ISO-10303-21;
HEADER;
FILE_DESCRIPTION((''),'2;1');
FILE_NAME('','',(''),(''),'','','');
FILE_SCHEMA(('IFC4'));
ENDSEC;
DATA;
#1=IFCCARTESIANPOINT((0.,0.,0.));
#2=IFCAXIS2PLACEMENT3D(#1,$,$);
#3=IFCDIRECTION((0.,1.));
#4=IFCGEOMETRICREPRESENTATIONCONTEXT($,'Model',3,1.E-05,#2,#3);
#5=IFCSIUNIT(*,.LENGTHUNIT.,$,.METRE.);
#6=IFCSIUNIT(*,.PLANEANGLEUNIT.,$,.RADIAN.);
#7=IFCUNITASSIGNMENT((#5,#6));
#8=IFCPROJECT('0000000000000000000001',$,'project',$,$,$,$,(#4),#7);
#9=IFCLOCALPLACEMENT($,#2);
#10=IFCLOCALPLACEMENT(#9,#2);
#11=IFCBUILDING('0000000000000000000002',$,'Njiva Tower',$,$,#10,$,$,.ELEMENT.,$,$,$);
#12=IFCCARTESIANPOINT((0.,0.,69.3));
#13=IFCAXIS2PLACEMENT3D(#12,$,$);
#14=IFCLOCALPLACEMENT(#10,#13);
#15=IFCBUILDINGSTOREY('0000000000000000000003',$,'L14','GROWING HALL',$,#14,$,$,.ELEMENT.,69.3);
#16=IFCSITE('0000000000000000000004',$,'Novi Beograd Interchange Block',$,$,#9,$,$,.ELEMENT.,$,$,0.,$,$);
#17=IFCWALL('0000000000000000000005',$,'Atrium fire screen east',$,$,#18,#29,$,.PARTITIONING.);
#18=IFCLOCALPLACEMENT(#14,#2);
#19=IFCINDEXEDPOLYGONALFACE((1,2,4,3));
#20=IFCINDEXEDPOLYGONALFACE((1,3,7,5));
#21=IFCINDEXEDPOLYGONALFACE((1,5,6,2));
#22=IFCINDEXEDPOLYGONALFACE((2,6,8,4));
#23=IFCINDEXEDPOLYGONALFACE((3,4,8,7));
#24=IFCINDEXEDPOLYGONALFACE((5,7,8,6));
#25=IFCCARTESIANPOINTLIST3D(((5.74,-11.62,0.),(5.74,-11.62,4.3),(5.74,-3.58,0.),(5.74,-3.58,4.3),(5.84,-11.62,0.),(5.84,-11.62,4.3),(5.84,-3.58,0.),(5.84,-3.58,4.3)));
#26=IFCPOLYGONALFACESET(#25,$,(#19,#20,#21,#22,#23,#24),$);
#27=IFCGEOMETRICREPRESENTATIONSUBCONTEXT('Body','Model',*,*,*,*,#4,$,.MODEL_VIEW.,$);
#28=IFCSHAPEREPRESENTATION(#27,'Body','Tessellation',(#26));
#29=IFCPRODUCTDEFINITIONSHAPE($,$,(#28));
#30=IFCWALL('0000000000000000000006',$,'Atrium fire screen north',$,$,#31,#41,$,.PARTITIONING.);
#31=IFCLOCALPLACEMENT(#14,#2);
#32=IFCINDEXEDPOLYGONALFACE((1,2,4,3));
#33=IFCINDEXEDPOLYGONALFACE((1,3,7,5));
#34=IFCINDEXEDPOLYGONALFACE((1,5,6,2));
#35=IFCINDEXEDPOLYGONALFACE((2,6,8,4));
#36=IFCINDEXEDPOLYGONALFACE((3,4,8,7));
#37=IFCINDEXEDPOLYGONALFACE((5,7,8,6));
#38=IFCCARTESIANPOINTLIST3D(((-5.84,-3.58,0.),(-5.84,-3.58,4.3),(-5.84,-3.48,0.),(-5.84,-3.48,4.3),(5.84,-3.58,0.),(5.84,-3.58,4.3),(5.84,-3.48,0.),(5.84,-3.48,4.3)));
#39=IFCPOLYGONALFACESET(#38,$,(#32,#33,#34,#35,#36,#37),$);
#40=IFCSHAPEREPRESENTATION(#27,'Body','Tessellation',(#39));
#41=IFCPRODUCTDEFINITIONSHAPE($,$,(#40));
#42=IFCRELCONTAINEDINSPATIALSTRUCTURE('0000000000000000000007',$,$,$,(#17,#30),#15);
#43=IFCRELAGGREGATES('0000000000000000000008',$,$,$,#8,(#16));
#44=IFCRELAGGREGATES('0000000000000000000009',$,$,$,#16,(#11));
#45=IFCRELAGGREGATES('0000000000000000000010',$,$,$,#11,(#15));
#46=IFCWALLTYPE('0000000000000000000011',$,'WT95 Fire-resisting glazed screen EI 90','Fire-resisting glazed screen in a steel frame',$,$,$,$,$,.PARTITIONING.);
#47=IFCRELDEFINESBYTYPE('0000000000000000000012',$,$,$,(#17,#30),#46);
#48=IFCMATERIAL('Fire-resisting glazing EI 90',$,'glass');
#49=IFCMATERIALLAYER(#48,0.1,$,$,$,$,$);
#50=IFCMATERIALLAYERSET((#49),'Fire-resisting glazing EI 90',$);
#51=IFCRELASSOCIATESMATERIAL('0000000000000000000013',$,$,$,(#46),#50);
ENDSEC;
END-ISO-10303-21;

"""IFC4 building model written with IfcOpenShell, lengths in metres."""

from ifc_helpers import new_model, si_unit, direction, frame, frame_2d, origin, place, context, subcontext, project, spatial, rectangle, extrude, material, layer, layer_set, type_object, element, save


model = new_model("IFC4")

# Units and contexts
model_context = context("Model", 3, precision=1e-05, world=origin(), true_north=direction((0.0, 1.0)))
body_context = subcontext(model_context, "Body", "Model", "MODEL_VIEW")
ifc_project = project(units=[si_unit("LENGTHUNIT", "METRE"), si_unit("PLANEANGLEUNIT", "RADIAN")], contexts=[model_context])

# Site, building, storey
site_placement = place(None, origin())
site = spatial("IfcSite", under=ifc_project, at=site_placement, Name="Novi Beograd Interchange Block", CompositionType="ELEMENT", RefElevation=0.0)
building_placement = place(site_placement, origin())
building = spatial("IfcBuilding", under=site, at=building_placement, Name="Njiva Tower", CompositionType="ELEMENT")
storey_placement = place(building_placement, frame((0.0, 0.0, 69.3)))
storey = spatial("IfcBuildingStorey", under=building, at=storey_placement, Name="L14", Description="GROWING HALL", CompositionType="ELEMENT", Elevation=69.3)

# Walls
ifc_material_1 = material(Name="Fire-resisting glazing EI 90", Category="glass")
ifc_layer_1 = layer(ifc_material_1, 0.1)
ifc_layer_set_1 = layer_set([ifc_layer_1], Name="Fire-resisting glazing EI 90")
wall_type_1 = type_object("IfcWallType", Name="WT95 Fire-resisting glazed screen EI 90", Description="Fire-resisting glazed screen in a steel frame", PredefinedType="PARTITIONING", material=ifc_layer_set_1)
wall_1_placement = place(storey_placement, frame((5.79, -11.62, 0.0), z_axis=(0.0, 0.0, 1.0), x_axis=(0.0, 1.0, 0.0)))
element("IfcWall", 1, at=wall_1_placement, inside=storey, type_object=wall_type_1, Name="Atrium fire screen east", PredefinedType="PARTITIONING", context=body_context, shape_type="SweptSolid", body=[
    extrude(rectangle(XDim=8.04, YDim=0.1, at=frame_2d((4.02, 0.0))), origin(), (0.0, 0.0, 1.0), 4.3),
])
wall_2_placement = place(storey_placement, frame((5.84, -3.53, 0.0), z_axis=(0.0, 0.0, 1.0), x_axis=(-1.0, 0.0, 0.0)))
element("IfcWall", 2, at=wall_2_placement, inside=storey, type_object=wall_type_1, Name="Atrium fire screen north", PredefinedType="PARTITIONING", context=body_context, shape_type="SweptSolid", body=[
    extrude(rectangle(XDim=11.68, YDim=0.1, at=frame_2d((5.84, 0.0))), origin(), (0.0, 0.0, 1.0), 4.3),
])

save(model, "model.ifc")
